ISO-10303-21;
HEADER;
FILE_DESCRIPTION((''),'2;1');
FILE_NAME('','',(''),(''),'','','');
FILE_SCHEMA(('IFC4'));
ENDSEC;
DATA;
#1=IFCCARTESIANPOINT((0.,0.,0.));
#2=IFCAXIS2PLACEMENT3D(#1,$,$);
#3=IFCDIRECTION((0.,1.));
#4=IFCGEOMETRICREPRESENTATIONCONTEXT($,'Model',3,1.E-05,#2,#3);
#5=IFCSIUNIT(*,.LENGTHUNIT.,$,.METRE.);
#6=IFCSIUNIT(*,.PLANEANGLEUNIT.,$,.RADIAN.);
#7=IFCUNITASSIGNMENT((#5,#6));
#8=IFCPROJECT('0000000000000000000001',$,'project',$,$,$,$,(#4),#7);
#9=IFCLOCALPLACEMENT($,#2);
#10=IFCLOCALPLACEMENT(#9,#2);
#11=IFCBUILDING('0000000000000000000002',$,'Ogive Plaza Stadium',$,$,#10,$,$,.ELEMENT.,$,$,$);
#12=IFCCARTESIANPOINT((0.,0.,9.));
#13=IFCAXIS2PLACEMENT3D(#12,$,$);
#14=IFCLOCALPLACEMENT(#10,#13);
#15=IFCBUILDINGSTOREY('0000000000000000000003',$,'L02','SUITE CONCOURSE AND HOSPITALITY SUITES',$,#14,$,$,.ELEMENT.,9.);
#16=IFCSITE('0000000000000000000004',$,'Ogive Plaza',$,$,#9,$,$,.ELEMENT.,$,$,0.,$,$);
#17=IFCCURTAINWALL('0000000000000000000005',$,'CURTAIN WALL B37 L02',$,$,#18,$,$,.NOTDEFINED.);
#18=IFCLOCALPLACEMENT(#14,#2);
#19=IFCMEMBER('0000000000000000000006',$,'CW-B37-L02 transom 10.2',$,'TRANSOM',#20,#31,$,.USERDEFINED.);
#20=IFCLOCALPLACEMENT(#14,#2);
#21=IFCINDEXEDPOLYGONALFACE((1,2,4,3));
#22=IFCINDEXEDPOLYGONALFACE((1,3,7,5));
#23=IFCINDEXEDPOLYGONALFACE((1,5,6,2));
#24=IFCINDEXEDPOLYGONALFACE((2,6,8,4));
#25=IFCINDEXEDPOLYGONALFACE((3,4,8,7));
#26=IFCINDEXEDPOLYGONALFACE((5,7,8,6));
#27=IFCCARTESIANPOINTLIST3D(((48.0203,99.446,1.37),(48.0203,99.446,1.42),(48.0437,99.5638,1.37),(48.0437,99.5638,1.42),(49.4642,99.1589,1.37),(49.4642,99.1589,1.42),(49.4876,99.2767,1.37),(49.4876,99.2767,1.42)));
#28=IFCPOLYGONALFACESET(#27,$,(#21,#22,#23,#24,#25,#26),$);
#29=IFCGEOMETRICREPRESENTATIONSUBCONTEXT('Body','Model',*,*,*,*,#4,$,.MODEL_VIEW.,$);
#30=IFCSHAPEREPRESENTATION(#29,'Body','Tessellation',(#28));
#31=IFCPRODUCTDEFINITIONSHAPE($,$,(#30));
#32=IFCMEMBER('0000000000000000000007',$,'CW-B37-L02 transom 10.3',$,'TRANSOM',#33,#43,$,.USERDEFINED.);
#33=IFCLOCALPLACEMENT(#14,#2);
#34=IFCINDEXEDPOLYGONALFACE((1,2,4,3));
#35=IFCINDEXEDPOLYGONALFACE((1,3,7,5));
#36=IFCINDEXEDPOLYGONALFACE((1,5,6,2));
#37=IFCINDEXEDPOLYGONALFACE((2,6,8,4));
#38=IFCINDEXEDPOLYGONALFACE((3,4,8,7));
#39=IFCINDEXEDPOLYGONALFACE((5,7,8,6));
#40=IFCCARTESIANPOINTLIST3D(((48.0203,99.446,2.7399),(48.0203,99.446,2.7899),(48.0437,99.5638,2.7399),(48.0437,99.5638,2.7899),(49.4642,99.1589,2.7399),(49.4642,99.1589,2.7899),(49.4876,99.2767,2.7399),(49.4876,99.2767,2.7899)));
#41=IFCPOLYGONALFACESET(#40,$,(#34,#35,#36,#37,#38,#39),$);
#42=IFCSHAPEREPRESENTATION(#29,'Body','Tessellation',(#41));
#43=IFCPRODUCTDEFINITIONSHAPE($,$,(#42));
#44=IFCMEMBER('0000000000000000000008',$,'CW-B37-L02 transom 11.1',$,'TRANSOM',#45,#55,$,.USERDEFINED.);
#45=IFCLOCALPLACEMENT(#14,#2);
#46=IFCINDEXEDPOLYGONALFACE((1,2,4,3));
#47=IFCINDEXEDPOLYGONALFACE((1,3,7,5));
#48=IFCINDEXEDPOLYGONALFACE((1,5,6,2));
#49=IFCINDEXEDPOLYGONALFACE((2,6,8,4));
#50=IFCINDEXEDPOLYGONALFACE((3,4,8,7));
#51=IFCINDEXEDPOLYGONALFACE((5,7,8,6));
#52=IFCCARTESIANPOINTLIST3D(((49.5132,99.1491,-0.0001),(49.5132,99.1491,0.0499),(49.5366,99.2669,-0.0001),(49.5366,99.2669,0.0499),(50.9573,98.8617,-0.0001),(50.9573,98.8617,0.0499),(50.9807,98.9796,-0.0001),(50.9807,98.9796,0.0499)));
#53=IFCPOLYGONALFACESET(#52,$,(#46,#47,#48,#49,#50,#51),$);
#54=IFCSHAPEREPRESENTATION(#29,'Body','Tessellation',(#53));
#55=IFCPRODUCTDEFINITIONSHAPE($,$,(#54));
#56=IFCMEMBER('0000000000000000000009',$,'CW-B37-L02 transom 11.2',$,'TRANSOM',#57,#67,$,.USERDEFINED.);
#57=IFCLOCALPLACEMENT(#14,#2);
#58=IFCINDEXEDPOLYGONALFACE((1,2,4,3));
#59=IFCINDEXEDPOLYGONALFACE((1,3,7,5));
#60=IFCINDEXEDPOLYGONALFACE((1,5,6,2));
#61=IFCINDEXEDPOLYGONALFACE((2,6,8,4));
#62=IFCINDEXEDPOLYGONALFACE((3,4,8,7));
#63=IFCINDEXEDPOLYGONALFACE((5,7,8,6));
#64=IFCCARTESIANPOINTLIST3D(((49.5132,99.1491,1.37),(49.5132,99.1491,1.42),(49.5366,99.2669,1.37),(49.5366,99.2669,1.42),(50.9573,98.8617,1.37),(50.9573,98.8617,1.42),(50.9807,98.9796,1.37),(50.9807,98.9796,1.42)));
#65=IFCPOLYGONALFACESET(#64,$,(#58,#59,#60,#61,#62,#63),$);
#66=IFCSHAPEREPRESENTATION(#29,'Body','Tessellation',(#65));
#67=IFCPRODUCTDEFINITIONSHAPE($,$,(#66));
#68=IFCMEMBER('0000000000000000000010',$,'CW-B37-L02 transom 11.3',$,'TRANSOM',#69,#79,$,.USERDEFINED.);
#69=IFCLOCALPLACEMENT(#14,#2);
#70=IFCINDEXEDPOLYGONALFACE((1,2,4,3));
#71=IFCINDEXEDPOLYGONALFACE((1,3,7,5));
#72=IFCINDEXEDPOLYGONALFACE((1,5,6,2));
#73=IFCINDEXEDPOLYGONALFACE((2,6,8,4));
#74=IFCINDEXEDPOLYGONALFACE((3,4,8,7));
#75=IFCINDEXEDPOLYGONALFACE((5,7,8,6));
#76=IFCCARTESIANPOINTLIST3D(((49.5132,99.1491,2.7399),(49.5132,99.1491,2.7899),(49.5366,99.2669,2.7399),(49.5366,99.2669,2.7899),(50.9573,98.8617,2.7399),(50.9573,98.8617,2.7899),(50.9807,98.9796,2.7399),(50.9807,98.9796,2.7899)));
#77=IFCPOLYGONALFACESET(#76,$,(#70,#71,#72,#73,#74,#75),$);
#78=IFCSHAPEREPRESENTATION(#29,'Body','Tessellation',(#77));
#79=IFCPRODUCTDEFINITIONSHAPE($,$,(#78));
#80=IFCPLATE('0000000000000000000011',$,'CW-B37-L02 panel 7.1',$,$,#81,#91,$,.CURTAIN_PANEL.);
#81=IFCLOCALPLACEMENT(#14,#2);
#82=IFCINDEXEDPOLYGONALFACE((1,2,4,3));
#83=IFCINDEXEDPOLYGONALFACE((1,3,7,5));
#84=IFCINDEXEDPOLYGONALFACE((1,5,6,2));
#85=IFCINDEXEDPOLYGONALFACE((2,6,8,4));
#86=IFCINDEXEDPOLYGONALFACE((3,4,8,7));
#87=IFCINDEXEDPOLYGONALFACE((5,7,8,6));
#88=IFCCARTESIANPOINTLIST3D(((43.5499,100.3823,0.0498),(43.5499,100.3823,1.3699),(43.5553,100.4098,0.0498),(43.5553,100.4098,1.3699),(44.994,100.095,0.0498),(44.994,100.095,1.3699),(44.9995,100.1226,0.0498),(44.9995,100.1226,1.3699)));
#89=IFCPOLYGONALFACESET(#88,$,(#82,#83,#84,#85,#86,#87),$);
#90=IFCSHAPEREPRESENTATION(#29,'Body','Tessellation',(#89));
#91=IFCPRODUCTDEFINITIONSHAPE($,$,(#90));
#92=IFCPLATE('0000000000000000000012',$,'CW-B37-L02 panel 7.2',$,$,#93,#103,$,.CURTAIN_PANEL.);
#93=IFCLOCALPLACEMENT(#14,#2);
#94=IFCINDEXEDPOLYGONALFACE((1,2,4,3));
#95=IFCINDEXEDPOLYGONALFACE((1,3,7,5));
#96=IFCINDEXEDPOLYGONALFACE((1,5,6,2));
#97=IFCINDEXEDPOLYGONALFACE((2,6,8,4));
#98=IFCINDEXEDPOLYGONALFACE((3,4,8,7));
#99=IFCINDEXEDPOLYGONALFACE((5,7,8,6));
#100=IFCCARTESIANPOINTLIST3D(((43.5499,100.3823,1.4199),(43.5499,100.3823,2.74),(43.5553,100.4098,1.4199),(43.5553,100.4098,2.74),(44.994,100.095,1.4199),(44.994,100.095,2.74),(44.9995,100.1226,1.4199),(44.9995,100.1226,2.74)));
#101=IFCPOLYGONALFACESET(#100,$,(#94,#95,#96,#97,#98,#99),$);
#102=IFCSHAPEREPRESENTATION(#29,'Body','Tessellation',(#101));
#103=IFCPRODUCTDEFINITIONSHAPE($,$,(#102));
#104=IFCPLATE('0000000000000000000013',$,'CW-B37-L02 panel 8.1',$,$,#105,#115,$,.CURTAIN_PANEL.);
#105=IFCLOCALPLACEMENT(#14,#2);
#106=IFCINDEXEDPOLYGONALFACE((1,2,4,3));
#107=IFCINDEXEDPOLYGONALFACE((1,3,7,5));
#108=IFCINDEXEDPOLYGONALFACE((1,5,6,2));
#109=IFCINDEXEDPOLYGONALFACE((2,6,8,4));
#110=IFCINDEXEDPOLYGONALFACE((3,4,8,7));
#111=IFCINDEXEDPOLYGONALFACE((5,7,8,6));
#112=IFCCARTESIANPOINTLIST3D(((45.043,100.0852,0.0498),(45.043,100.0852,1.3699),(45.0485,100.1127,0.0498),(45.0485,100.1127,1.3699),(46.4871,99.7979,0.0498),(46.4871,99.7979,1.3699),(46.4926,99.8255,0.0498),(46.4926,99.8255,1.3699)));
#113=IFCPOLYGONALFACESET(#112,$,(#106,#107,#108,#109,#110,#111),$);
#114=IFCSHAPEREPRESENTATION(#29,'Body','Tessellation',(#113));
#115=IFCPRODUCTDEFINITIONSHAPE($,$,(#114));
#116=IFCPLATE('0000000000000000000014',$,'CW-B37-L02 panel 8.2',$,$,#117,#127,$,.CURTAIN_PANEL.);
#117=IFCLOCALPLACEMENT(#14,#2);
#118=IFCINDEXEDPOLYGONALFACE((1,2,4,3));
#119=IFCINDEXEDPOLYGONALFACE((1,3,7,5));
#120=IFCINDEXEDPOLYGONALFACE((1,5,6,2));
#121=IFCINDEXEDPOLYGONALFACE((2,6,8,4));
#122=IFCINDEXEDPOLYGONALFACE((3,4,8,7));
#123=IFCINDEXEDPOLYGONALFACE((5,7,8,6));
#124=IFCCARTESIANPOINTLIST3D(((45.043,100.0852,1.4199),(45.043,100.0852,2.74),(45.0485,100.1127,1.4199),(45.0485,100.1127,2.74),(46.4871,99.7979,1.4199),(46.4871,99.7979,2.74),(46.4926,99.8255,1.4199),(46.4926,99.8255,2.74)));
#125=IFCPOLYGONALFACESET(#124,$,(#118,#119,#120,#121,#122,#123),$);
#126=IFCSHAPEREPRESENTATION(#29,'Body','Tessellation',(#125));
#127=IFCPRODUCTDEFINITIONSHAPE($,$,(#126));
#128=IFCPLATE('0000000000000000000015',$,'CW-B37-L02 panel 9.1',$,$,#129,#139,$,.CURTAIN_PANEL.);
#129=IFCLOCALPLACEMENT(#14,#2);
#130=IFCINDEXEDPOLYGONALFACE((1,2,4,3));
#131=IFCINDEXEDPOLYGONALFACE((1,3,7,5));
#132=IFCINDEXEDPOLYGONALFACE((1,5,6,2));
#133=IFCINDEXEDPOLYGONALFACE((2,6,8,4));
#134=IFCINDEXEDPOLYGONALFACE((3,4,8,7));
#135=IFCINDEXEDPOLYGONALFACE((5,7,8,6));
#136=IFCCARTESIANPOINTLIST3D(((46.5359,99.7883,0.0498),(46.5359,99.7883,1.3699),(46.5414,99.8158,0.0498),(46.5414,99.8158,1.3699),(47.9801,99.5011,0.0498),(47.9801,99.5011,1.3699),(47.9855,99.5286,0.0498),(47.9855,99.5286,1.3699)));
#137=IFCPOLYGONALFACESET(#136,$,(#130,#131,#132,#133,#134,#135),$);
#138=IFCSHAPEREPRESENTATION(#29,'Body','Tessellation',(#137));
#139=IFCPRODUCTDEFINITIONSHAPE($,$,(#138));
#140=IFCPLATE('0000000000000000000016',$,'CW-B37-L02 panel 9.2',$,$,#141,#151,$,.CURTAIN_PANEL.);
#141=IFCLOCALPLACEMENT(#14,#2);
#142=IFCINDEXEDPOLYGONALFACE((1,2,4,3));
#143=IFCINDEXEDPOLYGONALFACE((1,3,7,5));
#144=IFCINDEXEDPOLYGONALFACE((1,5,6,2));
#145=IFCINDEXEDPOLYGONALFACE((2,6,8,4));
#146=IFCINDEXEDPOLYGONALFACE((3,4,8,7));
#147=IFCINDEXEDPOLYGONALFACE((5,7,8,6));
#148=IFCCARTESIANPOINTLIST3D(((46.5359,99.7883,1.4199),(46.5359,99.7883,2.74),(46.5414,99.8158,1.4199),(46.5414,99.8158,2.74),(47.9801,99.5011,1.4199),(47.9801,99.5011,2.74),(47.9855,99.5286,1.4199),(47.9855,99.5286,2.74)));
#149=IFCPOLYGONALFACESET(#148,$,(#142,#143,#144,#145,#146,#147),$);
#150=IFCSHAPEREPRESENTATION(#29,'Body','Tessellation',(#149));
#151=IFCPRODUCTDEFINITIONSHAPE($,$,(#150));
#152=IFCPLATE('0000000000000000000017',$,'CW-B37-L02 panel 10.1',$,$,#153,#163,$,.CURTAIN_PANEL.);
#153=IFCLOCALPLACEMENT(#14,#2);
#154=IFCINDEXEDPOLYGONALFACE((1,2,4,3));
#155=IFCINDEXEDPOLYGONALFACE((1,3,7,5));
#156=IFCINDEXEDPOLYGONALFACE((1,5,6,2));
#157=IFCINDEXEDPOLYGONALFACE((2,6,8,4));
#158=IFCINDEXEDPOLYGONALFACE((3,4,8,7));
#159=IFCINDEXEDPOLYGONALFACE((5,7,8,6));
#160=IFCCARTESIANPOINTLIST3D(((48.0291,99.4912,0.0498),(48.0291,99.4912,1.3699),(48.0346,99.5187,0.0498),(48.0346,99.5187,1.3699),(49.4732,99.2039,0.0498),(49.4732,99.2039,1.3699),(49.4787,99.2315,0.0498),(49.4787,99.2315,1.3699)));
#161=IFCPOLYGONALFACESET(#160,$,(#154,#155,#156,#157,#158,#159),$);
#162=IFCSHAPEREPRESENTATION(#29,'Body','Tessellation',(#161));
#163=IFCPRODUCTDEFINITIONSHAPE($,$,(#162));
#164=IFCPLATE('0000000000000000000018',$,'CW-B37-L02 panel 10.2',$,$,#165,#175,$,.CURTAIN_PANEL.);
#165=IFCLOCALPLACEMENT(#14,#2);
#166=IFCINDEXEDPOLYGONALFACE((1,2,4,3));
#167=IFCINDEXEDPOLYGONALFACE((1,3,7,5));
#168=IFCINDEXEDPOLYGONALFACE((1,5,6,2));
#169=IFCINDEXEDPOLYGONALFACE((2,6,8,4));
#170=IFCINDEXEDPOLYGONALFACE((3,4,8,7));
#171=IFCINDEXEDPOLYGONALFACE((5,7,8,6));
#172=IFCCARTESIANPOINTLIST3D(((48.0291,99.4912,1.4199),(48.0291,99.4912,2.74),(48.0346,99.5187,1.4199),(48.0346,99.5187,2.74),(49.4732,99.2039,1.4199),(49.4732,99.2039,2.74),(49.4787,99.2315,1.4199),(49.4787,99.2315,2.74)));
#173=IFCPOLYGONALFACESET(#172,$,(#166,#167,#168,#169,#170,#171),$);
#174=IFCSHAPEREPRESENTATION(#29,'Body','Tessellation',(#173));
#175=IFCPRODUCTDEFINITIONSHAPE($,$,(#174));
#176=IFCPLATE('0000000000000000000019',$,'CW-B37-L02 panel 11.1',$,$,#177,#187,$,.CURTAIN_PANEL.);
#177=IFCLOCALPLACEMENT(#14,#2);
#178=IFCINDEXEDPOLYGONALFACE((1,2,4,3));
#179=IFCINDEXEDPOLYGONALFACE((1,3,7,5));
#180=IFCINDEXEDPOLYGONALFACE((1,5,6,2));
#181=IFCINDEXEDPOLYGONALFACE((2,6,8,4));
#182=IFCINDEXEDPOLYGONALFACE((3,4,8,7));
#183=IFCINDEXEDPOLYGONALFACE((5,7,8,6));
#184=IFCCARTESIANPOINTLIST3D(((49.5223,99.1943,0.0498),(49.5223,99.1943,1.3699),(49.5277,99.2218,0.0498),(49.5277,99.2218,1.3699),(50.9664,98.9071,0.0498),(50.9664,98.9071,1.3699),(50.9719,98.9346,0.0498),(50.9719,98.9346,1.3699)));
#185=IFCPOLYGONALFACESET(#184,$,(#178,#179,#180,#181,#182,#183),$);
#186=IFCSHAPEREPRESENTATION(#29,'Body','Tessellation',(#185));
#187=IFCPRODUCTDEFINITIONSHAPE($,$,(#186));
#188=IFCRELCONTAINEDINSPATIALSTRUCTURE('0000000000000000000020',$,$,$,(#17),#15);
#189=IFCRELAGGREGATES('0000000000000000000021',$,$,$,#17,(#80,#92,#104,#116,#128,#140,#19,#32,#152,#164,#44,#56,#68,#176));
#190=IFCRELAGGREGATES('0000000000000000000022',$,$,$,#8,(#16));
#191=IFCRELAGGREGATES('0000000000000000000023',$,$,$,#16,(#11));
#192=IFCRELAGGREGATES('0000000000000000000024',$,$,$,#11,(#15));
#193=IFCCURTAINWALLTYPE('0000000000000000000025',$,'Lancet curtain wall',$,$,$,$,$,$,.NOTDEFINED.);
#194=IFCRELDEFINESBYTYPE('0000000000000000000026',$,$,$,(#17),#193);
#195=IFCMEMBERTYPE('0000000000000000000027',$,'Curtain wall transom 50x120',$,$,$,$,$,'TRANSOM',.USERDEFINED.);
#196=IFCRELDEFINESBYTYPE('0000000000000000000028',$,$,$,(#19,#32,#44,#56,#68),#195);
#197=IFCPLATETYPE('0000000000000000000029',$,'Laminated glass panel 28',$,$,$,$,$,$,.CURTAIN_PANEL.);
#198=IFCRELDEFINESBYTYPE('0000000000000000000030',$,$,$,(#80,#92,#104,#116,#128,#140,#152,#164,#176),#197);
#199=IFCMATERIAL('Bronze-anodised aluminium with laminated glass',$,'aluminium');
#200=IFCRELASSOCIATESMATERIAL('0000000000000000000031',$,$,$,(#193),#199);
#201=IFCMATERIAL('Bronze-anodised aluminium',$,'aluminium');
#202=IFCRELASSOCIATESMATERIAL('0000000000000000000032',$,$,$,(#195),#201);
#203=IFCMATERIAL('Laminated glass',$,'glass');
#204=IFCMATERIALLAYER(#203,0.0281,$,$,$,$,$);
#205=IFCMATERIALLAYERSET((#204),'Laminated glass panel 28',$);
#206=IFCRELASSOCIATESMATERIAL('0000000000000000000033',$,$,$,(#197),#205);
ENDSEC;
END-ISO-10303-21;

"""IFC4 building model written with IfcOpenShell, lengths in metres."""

from ifc_helpers import new_model, si_unit, direction, frame, origin, origin_2d, place, context, subcontext, project, spatial, rectangle, extrude, material, layer, layer_set, material_profile, profile_set, type_object, element, aggregate, save


model = new_model("IFC4")

# Units and contexts
model_context = context("Model", 3, precision=1e-05, world=origin(), true_north=direction((0.0, 1.0)))
body_context = subcontext(model_context, "Body", "Model", "MODEL_VIEW")
ifc_project = project(units=[si_unit("LENGTHUNIT", "METRE"), si_unit("PLANEANGLEUNIT", "RADIAN")], contexts=[model_context])

# Site, building, storey
site_placement = place(None, origin())
site = spatial("IfcSite", under=ifc_project, at=site_placement, Name="Ogive Plaza", CompositionType="ELEMENT", RefElevation=0.0)
building_placement = place(site_placement, origin())
building = spatial("IfcBuilding", under=site, at=building_placement, Name="Ogive Plaza Stadium", CompositionType="ELEMENT")
storey_placement = place(building_placement, frame((0.0, 0.0, 9.0)))
storey = spatial("IfcBuildingStorey", under=building, at=storey_placement, Name="L02", Description="SUITE CONCOURSE AND HOSPITALITY SUITES", CompositionType="ELEMENT", Elevation=9.0)

# Curtain wall, members, plates
ifc_material_1 = material(Name="Bronze-anodised aluminium with laminated glass", Category="aluminium")
curtain_wall_type = type_object("IfcCurtainWallType", Name="Lancet curtain wall", PredefinedType="NOTDEFINED", material=ifc_material_1)
curtain_wall_placement = place(storey_placement, origin())
curtain_wall = element("IfcCurtainWall", 1, at=curtain_wall_placement, inside=storey, type_object=curtain_wall_type, Name="CURTAIN WALL B37 L02", PredefinedType="NOTDEFINED")
ifc_material_2 = material(Name="Bronze-anodised aluminium", Category="aluminium")
ifc_material_profile_1 = material_profile(ifc_material_2, rectangle(XDim=0.1201, YDim=0.05, at=origin_2d()), Name="AL 120x50")
ifc_profile_set_1 = profile_set([ifc_material_profile_1], Name="Bronze-anodised aluminium")
member_type_1 = type_object("IfcMemberType", Name="Curtain wall transom 50x120", ElementType="TRANSOM", PredefinedType="USERDEFINED", material=ifc_profile_set_1)
member_1_placement = place(storey_placement, frame((48.032, 99.5049, 1.395), z_axis=(0.980797, -0.195032, 0.0), x_axis=(0.195032, 0.980797, 0.0)))
member_1 = element("IfcMember", 2, at=member_1_placement, type_object=member_type_1, Name="CW-B37-L02 transom 10.2", ObjectType="TRANSOM", PredefinedType="USERDEFINED", context=body_context, shape_type="SweptSolid", body=[
    extrude(rectangle(XDim=0.1201, YDim=0.05, at=origin_2d()), origin(), (0.0, 0.0, 1.0), 1.4722),
])
member_2_placement = place(storey_placement, frame((48.032, 99.5049, 2.7649), z_axis=(0.980797, -0.195032, 0.0), x_axis=(0.195032, 0.980797, 0.0)))
member_2 = element("IfcMember", 3, at=member_2_placement, type_object=member_type_1, Name="CW-B37-L02 transom 10.3", ObjectType="TRANSOM", PredefinedType="USERDEFINED", context=body_context, shape_type="SweptSolid", body=[
    extrude(rectangle(XDim=0.1201, YDim=0.05, at=origin_2d()), origin(), (0.0, 0.0, 1.0), 1.4722),
])
member_3_placement = place(storey_placement, frame((49.5249, 99.208, 0.0249), z_axis=(0.980772, -0.195159, 0.0), x_axis=(0.195159, 0.980772, 0.0)))
member_3 = element("IfcMember", 4, at=member_3_placement, type_object=member_type_1, Name="CW-B37-L02 transom 11.1", ObjectType="TRANSOM", PredefinedType="USERDEFINED", context=body_context, shape_type="SweptSolid", body=[
    extrude(rectangle(XDim=0.1201, YDim=0.05, at=origin_2d()), origin(), (0.0, 0.0, 1.0), 1.4724),
])
member_4_placement = place(storey_placement, frame((49.5249, 99.208, 1.395), z_axis=(0.980772, -0.195159, 0.0), x_axis=(0.195159, 0.980772, 0.0)))
member_4 = element("IfcMember", 5, at=member_4_placement, type_object=member_type_1, Name="CW-B37-L02 transom 11.2", ObjectType="TRANSOM", PredefinedType="USERDEFINED", context=body_context, shape_type="SweptSolid", body=[
    extrude(rectangle(XDim=0.1201, YDim=0.05, at=origin_2d()), origin(), (0.0, 0.0, 1.0), 1.4724),
])
member_5_placement = place(storey_placement, frame((49.5249, 99.208, 2.7649), z_axis=(0.980772, -0.195159, 0.0), x_axis=(0.195159, 0.980772, 0.0)))
member_5 = element("IfcMember", 6, at=member_5_placement, type_object=member_type_1, Name="CW-B37-L02 transom 11.3", ObjectType="TRANSOM", PredefinedType="USERDEFINED", context=body_context, shape_type="SweptSolid", body=[
    extrude(rectangle(XDim=0.1201, YDim=0.05, at=origin_2d()), origin(), (0.0, 0.0, 1.0), 1.4724),
])
ifc_material_3 = material(Name="Laminated glass", Category="glass")
ifc_layer_1 = layer(ifc_material_3, 0.0281)
ifc_layer_set_1 = layer_set([ifc_layer_1], Name="Laminated glass panel 28")
plate_type = type_object("IfcPlateType", Name="Laminated glass panel 28", PredefinedType="CURTAIN_PANEL", material=ifc_layer_set_1)
plate_1_placement = place(storey_placement, frame((44.2747, 100.2524, 0.0498), z_axis=(0.0, 0.0, 1.0), x_axis=(0.980785, -0.19509, 0.0)))
plate_1 = element("IfcPlate", 7, at=plate_1_placement, type_object=plate_type, Name="CW-B37-L02 panel 7.1", PredefinedType="CURTAIN_PANEL", context=body_context, shape_type="SweptSolid", body=[
    extrude(rectangle(XDim=1.4724, YDim=0.0281, at=origin_2d()), origin(), (0.0, 0.0, 1.0), 1.3201),
])
plate_2_placement = place(storey_placement, frame((44.2747, 100.2524, 1.4199), z_axis=(0.0, 0.0, 1.0), x_axis=(0.980785, -0.19509, 0.0)))
plate_2 = element("IfcPlate", 8, at=plate_2_placement, type_object=plate_type, Name="CW-B37-L02 panel 7.2", PredefinedType="CURTAIN_PANEL", context=body_context, shape_type="SweptSolid", body=[
    extrude(rectangle(XDim=1.4724, YDim=0.0281, at=origin_2d()), origin(), (0.0, 0.0, 1.0), 1.3201),
])
plate_3_placement = place(storey_placement, frame((45.7678, 99.9553, 0.0498), z_axis=(0.0, 0.0, 1.0), x_axis=(0.980785, -0.19509, 0.0)))
plate_3 = element("IfcPlate", 9, at=plate_3_placement, type_object=plate_type, Name="CW-B37-L02 panel 8.1", PredefinedType="CURTAIN_PANEL", context=body_context, shape_type="SweptSolid", body=[
    extrude(rectangle(XDim=1.4724, YDim=0.0281, at=origin_2d()), origin(), (0.0, 0.0, 1.0), 1.3201),
])
plate_4_placement = place(storey_placement, frame((45.7678, 99.9553, 1.4199), z_axis=(0.0, 0.0, 1.0), x_axis=(0.980785, -0.19509, 0.0)))
plate_4 = element("IfcPlate", 10, at=plate_4_placement, type_object=plate_type, Name="CW-B37-L02 panel 8.2", PredefinedType="CURTAIN_PANEL", context=body_context, shape_type="SweptSolid", body=[
    extrude(rectangle(XDim=1.4724, YDim=0.0281, at=origin_2d()), origin(), (0.0, 0.0, 1.0), 1.3201),
])
plate_5_placement = place(storey_placement, frame((47.2607, 99.6584, 0.0498), z_axis=(0.0, 0.0, 1.0), x_axis=(0.980785, -0.19509, 0.0)))
plate_5 = element("IfcPlate", 11, at=plate_5_placement, type_object=plate_type, Name="CW-B37-L02 panel 9.1", PredefinedType="CURTAIN_PANEL", context=body_context, shape_type="SweptSolid", body=[
    extrude(rectangle(XDim=1.4724, YDim=0.0281, at=origin_2d()), origin(), (0.0, 0.0, 1.0), 1.3201),
])
plate_6_placement = place(storey_placement, frame((47.2607, 99.6584, 1.4199), z_axis=(0.0, 0.0, 1.0), x_axis=(0.980785, -0.19509, 0.0)))
plate_6 = element("IfcPlate", 12, at=plate_6_placement, type_object=plate_type, Name="CW-B37-L02 panel 9.2", PredefinedType="CURTAIN_PANEL", context=body_context, shape_type="SweptSolid", body=[
    extrude(rectangle(XDim=1.4724, YDim=0.0281, at=origin_2d()), origin(), (0.0, 0.0, 1.0), 1.3201),
])
plate_7_placement = place(storey_placement, frame((48.7539, 99.3613, 0.0498), z_axis=(0.0, 0.0, 1.0), x_axis=(0.980785, -0.19509, 0.0)))
plate_7 = element("IfcPlate", 13, at=plate_7_placement, type_object=plate_type, Name="CW-B37-L02 panel 10.1", PredefinedType="CURTAIN_PANEL", context=body_context, shape_type="SweptSolid", body=[
    extrude(rectangle(XDim=1.4724, YDim=0.0281, at=origin_2d()), origin(), (0.0, 0.0, 1.0), 1.3201),
])
plate_8_placement = place(storey_placement, frame((48.7539, 99.3613, 1.4199), z_axis=(0.0, 0.0, 1.0), x_axis=(0.980785, -0.19509, 0.0)))
plate_8 = element("IfcPlate", 14, at=plate_8_placement, type_object=plate_type, Name="CW-B37-L02 panel 10.2", PredefinedType="CURTAIN_PANEL", context=body_context, shape_type="SweptSolid", body=[
    extrude(rectangle(XDim=1.4724, YDim=0.0281, at=origin_2d()), origin(), (0.0, 0.0, 1.0), 1.3201),
])
plate_9_placement = place(storey_placement, frame((50.2471, 99.0645, 0.0498), z_axis=(0.0, 0.0, 1.0), x_axis=(0.980785, -0.19509, 0.0)))
plate_9 = element("IfcPlate", 15, at=plate_9_placement, type_object=plate_type, Name="CW-B37-L02 panel 11.1", PredefinedType="CURTAIN_PANEL", context=body_context, shape_type="SweptSolid", body=[
    extrude(rectangle(XDim=1.4724, YDim=0.0281, at=origin_2d()), origin(), (0.0, 0.0, 1.0), 1.3201),
])
aggregate(curtain_wall, [plate_1, plate_2, plate_3, plate_4, plate_5, plate_6, member_1, member_2, plate_7, plate_8, member_3, member_4, member_5, plate_9])

save(model, "model.ifc")
